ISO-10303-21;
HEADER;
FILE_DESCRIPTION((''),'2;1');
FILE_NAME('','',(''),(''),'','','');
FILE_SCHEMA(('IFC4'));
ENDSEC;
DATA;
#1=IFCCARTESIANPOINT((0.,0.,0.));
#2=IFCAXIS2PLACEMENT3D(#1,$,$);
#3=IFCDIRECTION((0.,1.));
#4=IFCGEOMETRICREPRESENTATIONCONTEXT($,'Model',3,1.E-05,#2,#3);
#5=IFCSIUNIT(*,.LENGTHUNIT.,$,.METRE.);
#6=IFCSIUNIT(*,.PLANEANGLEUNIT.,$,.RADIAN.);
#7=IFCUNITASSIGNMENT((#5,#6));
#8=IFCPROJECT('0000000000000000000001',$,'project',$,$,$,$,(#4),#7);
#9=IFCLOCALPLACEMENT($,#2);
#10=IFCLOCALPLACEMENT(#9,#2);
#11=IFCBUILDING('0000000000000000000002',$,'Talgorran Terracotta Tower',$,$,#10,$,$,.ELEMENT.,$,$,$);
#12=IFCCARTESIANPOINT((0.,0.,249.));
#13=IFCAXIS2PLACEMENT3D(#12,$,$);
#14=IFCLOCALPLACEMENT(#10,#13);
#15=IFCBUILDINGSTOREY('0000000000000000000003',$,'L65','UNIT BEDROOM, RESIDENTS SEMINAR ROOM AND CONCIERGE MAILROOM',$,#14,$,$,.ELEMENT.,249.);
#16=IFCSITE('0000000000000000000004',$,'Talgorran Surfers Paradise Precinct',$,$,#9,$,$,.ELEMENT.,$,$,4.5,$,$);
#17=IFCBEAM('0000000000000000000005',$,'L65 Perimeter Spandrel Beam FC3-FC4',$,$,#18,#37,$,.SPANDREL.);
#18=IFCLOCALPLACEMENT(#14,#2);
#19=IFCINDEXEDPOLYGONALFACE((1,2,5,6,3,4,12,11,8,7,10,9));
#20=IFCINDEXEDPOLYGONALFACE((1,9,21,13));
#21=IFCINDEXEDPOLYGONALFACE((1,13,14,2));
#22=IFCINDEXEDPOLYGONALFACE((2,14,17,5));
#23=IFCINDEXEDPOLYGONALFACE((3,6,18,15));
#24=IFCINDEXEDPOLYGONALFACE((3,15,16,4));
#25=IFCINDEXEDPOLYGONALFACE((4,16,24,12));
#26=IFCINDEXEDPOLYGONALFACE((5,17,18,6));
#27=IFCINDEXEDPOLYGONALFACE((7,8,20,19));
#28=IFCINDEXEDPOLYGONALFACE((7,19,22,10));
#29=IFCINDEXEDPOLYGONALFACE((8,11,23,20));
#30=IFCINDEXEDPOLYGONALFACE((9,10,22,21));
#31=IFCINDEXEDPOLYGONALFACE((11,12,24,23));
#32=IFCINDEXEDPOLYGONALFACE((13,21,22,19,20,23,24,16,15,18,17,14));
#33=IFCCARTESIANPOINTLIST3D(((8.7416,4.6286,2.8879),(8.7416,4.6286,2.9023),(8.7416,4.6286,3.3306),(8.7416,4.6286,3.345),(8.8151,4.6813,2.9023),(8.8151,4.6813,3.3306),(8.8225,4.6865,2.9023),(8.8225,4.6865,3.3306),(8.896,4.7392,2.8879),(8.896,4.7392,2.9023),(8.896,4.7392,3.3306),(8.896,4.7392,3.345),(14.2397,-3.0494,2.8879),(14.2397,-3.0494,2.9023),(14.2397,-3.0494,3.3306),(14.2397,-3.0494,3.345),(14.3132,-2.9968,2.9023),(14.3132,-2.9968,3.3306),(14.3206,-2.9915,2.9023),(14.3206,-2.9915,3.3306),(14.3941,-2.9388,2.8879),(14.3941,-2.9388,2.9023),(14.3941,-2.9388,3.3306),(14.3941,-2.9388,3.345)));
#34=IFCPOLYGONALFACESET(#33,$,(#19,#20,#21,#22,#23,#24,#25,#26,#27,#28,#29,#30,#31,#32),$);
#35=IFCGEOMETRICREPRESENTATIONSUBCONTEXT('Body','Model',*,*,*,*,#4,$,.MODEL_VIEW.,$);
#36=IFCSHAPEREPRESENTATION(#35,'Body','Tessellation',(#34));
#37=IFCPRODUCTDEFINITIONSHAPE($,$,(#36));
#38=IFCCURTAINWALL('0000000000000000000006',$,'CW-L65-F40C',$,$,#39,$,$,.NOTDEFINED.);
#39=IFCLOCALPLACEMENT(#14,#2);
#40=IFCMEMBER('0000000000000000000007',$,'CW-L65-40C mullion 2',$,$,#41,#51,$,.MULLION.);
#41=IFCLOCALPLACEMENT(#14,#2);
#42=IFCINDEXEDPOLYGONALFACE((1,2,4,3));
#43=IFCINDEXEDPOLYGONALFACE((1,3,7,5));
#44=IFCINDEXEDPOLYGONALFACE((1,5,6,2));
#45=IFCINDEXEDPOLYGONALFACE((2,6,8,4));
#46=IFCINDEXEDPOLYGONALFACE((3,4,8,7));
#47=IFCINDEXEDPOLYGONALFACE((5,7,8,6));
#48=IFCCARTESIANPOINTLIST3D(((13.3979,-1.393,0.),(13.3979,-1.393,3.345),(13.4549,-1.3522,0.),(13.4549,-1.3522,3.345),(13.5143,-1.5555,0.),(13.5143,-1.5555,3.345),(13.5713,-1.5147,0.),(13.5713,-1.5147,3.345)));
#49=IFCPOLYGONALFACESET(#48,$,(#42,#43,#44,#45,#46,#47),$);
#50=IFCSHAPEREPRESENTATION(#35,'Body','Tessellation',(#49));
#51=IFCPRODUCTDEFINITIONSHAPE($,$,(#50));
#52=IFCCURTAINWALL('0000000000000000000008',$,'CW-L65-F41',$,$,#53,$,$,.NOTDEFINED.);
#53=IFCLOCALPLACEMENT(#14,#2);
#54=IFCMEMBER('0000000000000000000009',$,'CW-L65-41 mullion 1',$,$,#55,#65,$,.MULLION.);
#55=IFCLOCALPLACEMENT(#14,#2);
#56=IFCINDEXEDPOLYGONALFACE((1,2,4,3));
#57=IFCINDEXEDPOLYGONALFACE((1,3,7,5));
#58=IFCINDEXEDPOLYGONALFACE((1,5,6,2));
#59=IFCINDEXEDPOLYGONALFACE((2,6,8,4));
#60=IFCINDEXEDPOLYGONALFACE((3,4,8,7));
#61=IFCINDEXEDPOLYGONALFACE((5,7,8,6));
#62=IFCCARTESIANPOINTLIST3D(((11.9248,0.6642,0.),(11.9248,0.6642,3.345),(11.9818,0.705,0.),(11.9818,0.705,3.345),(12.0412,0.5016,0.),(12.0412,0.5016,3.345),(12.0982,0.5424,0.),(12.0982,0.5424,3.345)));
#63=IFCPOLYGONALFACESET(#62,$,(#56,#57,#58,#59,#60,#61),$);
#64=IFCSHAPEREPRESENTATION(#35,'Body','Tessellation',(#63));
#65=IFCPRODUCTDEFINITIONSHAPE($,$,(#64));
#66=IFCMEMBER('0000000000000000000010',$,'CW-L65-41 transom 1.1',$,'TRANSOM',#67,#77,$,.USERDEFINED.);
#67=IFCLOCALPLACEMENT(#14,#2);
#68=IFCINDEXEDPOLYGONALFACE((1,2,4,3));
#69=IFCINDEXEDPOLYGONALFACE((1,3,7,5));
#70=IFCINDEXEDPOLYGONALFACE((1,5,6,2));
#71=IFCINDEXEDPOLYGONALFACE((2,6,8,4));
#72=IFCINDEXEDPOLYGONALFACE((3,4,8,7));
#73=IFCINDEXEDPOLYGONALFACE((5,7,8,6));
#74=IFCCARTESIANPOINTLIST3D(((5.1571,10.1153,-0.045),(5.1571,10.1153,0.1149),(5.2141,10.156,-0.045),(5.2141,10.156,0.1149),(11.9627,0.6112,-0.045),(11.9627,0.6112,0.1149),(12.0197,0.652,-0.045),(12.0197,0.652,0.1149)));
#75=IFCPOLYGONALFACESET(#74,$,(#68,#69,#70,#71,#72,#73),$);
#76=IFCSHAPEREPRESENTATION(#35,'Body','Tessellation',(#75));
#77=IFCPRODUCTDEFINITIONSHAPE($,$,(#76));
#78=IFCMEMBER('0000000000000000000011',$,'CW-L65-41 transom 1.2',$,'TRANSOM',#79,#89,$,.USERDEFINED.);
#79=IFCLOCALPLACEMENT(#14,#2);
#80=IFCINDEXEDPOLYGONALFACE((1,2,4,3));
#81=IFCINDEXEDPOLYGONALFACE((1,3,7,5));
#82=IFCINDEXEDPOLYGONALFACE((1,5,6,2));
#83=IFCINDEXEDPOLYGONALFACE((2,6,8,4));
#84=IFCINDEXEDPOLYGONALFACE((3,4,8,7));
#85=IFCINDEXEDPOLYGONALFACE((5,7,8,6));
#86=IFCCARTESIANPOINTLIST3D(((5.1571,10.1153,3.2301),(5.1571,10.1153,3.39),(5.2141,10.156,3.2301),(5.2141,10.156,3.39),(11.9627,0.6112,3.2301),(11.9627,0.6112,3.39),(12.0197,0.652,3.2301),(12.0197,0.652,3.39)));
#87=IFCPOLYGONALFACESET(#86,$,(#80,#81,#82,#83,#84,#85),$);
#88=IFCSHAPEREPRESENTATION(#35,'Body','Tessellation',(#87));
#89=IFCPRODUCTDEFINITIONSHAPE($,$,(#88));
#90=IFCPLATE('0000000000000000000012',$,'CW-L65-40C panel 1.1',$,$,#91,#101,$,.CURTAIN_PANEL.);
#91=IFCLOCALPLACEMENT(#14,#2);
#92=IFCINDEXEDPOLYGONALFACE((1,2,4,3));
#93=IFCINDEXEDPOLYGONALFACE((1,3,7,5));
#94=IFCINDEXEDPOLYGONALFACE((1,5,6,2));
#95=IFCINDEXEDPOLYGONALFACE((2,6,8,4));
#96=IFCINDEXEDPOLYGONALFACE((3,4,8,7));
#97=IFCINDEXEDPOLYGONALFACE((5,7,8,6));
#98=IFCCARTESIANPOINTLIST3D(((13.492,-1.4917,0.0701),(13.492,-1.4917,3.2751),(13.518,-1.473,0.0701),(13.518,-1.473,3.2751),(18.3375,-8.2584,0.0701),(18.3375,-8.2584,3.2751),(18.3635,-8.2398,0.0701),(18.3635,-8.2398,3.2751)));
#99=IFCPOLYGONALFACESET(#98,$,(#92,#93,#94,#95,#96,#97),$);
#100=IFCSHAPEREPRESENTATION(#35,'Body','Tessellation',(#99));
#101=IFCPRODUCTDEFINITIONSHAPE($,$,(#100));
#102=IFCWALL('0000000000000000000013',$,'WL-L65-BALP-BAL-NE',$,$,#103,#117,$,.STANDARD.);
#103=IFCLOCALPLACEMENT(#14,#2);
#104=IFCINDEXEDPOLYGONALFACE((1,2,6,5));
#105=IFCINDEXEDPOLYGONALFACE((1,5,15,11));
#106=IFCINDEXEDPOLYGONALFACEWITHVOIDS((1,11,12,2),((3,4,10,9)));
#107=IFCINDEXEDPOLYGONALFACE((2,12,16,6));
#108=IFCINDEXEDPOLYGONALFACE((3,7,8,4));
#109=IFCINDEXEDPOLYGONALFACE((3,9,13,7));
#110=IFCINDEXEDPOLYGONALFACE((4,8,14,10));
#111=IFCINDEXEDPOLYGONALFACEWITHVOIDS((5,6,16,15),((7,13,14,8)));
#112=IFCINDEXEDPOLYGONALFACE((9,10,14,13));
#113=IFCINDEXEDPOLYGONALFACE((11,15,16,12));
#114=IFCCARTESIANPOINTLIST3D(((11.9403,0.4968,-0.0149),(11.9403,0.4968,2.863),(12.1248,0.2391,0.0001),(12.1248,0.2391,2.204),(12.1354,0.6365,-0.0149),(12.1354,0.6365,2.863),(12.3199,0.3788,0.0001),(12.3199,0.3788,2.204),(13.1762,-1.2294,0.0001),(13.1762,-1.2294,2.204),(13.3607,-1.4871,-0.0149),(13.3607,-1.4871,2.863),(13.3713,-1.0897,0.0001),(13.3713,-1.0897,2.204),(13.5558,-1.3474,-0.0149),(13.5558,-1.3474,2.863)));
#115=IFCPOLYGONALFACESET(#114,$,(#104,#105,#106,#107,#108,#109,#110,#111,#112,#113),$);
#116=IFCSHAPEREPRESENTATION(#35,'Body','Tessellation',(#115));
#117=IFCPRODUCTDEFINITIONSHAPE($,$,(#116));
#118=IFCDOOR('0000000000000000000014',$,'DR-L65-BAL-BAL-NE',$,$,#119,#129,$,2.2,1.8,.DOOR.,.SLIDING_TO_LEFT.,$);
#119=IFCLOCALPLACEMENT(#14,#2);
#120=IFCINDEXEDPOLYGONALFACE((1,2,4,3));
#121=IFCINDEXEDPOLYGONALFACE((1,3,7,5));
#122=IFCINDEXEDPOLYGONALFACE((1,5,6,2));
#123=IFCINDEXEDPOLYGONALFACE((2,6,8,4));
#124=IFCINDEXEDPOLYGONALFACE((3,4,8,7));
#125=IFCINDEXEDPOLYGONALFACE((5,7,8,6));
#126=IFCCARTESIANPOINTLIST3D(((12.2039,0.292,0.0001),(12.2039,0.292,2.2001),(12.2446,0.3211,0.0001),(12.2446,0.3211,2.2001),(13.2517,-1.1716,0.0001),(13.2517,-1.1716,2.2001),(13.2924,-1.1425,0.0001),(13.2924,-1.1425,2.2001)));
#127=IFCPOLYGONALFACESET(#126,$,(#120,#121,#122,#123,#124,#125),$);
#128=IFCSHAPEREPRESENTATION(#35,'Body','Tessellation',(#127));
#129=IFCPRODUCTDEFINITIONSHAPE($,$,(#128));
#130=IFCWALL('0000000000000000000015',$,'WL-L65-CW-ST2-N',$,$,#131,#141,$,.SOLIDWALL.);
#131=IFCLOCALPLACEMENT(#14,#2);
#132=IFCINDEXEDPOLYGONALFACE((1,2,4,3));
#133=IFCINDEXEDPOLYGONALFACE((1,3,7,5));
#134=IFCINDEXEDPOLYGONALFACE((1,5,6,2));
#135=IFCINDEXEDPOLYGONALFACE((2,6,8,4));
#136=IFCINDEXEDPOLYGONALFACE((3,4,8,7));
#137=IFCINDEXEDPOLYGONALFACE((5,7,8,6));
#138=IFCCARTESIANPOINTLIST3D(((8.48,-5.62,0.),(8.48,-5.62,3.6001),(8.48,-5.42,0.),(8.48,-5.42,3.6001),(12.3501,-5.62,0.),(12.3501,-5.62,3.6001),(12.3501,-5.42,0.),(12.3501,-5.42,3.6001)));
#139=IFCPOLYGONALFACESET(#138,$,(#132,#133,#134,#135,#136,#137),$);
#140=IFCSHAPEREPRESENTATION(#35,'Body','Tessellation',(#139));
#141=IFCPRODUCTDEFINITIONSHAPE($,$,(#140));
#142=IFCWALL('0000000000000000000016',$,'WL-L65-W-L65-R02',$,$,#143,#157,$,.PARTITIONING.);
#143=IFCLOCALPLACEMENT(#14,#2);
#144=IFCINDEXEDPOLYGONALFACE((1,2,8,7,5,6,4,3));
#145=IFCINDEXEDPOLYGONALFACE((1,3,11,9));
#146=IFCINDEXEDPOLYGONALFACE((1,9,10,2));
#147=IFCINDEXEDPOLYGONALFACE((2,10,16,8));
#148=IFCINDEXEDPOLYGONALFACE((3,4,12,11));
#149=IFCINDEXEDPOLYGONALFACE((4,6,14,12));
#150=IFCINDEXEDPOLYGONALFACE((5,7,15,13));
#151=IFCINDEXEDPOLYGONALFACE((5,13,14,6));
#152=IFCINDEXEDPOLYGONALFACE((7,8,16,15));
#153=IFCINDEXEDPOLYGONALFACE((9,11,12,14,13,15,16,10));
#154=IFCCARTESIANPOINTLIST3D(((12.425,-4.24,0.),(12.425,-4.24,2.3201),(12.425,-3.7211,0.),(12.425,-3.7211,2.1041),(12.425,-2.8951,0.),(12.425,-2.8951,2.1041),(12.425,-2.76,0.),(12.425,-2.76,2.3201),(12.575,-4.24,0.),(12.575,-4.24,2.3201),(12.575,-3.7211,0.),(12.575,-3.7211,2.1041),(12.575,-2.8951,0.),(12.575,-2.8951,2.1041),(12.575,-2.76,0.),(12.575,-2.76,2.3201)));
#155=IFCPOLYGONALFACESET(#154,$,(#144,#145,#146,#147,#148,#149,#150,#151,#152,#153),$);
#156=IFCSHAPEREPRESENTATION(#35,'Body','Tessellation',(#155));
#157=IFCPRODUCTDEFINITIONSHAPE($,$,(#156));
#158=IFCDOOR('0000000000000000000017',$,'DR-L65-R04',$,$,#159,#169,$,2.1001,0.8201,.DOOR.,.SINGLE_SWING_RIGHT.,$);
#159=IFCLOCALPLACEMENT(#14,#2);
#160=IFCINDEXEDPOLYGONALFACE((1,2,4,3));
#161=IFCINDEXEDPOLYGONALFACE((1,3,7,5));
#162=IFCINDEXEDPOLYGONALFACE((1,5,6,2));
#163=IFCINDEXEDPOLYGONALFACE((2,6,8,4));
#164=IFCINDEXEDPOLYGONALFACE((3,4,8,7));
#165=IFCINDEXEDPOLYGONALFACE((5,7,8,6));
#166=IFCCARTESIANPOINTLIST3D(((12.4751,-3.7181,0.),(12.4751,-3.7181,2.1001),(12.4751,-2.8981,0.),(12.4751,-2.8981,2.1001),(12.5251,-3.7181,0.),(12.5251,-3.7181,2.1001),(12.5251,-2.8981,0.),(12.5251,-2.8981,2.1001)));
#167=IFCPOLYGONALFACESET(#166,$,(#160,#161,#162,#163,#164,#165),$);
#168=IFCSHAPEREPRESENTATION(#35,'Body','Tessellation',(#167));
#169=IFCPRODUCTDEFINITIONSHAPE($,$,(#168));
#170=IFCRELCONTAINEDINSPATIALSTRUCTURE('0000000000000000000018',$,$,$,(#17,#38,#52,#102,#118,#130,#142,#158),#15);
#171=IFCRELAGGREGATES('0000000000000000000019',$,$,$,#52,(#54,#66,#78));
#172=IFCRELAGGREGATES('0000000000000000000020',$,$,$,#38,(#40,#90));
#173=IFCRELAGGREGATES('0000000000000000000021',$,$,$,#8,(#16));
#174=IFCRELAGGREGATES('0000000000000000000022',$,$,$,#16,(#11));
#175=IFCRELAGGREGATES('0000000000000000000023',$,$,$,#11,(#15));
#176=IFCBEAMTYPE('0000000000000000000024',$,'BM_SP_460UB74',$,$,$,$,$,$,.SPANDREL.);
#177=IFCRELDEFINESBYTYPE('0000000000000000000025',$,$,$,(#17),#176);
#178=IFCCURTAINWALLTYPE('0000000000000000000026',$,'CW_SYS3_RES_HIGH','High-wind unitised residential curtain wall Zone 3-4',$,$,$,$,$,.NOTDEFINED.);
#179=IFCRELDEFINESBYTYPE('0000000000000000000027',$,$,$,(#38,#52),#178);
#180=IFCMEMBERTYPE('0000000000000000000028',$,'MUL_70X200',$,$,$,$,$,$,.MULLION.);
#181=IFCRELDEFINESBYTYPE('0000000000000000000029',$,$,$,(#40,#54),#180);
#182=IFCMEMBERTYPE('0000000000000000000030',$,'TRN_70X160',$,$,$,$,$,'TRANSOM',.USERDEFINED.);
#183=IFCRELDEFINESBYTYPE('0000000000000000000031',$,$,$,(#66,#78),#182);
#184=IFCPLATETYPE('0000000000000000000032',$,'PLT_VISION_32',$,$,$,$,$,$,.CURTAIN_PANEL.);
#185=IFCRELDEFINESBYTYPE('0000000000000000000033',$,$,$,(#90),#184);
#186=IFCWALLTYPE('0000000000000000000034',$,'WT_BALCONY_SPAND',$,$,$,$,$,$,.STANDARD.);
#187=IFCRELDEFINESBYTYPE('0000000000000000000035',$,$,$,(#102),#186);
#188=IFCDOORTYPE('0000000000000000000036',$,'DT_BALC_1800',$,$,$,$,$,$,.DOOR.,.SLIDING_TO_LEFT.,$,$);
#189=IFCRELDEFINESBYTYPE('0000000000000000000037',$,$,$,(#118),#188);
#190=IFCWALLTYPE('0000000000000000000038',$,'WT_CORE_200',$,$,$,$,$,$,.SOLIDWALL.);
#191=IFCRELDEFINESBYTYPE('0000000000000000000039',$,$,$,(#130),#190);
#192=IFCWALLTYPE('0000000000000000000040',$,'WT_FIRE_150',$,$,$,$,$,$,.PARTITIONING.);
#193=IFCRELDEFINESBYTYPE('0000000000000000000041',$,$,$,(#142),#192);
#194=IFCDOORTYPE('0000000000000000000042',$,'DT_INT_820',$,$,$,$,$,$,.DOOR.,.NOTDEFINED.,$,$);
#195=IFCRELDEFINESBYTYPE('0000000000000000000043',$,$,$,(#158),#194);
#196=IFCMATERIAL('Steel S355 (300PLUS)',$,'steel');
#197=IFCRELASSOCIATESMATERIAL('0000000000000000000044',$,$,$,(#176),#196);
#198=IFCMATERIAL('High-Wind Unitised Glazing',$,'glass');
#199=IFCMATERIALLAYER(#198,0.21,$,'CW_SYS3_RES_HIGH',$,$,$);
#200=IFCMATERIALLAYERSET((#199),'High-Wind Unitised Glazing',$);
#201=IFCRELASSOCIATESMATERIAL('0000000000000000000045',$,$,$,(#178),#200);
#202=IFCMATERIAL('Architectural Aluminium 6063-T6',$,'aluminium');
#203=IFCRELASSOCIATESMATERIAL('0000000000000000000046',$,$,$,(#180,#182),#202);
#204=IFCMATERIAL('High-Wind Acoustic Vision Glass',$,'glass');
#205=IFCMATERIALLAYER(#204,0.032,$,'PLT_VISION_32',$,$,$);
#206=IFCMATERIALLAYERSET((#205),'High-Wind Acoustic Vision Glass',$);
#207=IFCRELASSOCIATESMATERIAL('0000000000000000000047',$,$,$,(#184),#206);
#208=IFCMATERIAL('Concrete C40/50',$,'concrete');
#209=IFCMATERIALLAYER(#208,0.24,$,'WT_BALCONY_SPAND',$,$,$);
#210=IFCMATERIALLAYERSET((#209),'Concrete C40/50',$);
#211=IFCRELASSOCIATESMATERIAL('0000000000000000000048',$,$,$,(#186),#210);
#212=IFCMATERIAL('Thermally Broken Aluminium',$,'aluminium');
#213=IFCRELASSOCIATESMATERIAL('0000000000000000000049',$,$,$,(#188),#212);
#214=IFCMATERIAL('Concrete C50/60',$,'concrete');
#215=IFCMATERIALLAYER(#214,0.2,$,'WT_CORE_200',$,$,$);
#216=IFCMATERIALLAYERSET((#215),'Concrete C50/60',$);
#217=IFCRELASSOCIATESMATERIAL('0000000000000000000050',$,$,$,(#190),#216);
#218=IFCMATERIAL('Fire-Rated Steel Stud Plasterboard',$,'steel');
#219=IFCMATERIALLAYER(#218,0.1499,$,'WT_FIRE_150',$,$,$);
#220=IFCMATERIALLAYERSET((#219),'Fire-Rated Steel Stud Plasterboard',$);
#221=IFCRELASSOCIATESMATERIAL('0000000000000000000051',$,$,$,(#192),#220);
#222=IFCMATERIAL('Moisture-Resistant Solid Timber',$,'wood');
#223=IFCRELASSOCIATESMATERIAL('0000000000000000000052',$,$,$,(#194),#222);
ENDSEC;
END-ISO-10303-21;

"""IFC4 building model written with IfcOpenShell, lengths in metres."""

from ifc_helpers import new_model, si_unit, direction, frame, frame_2d, origin, origin_2d, place, context, subcontext, project, spatial, rectangle, i_section, extrude, source, transform, mapped, material, layer, layer_set, material_profile, profile_set, type_object, type_shapes, element, fill, aggregate, save


model = new_model("IFC4")

# Units and contexts
model_context = context("Model", 3, precision=1e-05, world=origin(), true_north=direction((0.0, 1.0)))
body_context = subcontext(model_context, "Body", "Model", "MODEL_VIEW")
ifc_project = project(units=[si_unit("LENGTHUNIT", "METRE"), si_unit("PLANEANGLEUNIT", "RADIAN")], contexts=[model_context])

# Site, building, storey
site_placement = place(None, origin())
site = spatial("IfcSite", under=ifc_project, at=site_placement, Name="Talgorran Surfers Paradise Precinct", CompositionType="ELEMENT", RefElevation=4.5)
building_placement = place(site_placement, origin())
building = spatial("IfcBuilding", under=site, at=building_placement, Name="Talgorran Terracotta Tower", CompositionType="ELEMENT")
storey_placement = place(building_placement, frame((0.0, 0.0, 249.0)))
storey = spatial("IfcBuildingStorey", under=building, at=storey_placement, Name="L65", Description="UNIT BEDROOM, RESIDENTS SEMINAR ROOM AND CONCIERGE MAILROOM", CompositionType="ELEMENT", Elevation=249.0)

# Shared definitions
ifc_material_1 = material(Name="Steel S355 (300PLUS)", Category="steel")

# Beam
ifc_material_profile_1 = material_profile(ifc_material_1, i_section(OverallWidth=0.1899, OverallDepth=0.457, WebThickness=0.009, FlangeThickness=0.0144, at=origin_2d()), Name="460UB74.6")
ifc_profile_set_1 = profile_set([ifc_material_profile_1], Name="Steel S355 (300PLUS)")
beam_type_1 = type_object("IfcBeamType", Name="BM_SP_460UB74", PredefinedType="SPANDREL", material=ifc_profile_set_1)
beam_1_placement = place(storey_placement, frame((14.3169, -2.9941, 3.1165), z_axis=(-0.582204, 0.813043, 0.0), x_axis=(-0.813043, -0.582204, 0.0)))
element("IfcBeam", 1, at=beam_1_placement, inside=storey, type_object=beam_type_1, Name="L65 Perimeter Spandrel Beam FC3-FC4", PredefinedType="SPANDREL", context=body_context, shape_type="SweptSolid", body=[
    extrude(i_section(OverallWidth=0.1899, OverallDepth=0.457, WebThickness=0.009, FlangeThickness=0.0144, at=origin_2d()), origin(), (0.0, 0.0, 1.0), 9.4436),
])

# Curtain wall, member
ifc_material_2 = material(Name="High-Wind Unitised Glazing", Category="glass")
ifc_layer_1 = layer(ifc_material_2, 0.21, Name="CW_SYS3_RES_HIGH")
ifc_layer_set_1 = layer_set([ifc_layer_1], Name="High-Wind Unitised Glazing")
curtain_wall_type = type_object("IfcCurtainWallType", Name="CW_SYS3_RES_HIGH", Description="High-wind unitised residential curtain wall Zone 3-4", PredefinedType="NOTDEFINED", material=ifc_layer_set_1)
curtain_wall_1_placement = place(storey_placement, origin())
curtain_wall_1 = element("IfcCurtainWall", 2, at=curtain_wall_1_placement, inside=storey, type_object=curtain_wall_type, Name="CW-L65-F40C", PredefinedType="NOTDEFINED")
ifc_material_3 = material(Name="Architectural Aluminium 6063-T6", Category="aluminium")
ifc_material_profile_2 = material_profile(ifc_material_3, rectangle(XDim=0.0701, YDim=0.2, at=origin_2d()), Name="CWM70X200")
ifc_profile_set_2 = profile_set([ifc_material_profile_2], Name="Architectural Aluminium 6063-T6")
member_type_1 = type_object("IfcMemberType", Name="MUL_70X200", PredefinedType="MULLION", material=ifc_profile_set_2)
member_1_placement = place(storey_placement, frame((13.4846, -1.4539, 0.0), z_axis=(0.0, 0.0, 1.0), x_axis=(-0.813041, -0.582207, 0.0)))
member_1 = element("IfcMember", 3, at=member_1_placement, type_object=member_type_1, Name="CW-L65-40C mullion 2", PredefinedType="MULLION", context=body_context, shape_type="SweptSolid", body=[
    extrude(rectangle(XDim=0.0701, YDim=0.2, at=origin_2d()), origin(), (0.0, 0.0, 1.0), 3.345),
])

# Curtain wall, members
curtain_wall_2_placement = place(storey_placement, origin())
curtain_wall_2 = element("IfcCurtainWall", 4, at=curtain_wall_2_placement, inside=storey, type_object=curtain_wall_type, Name="CW-L65-F41", PredefinedType="NOTDEFINED")
member_2_placement = place(storey_placement, frame((12.0115, 0.6033, 0.0), z_axis=(0.0, 0.0, 1.0), x_axis=(-0.813042, -0.582205, 0.0)))
member_2 = element("IfcMember", 5, at=member_2_placement, type_object=member_type_1, Name="CW-L65-41 mullion 1", PredefinedType="MULLION", context=body_context, shape_type="SweptSolid", body=[
    extrude(rectangle(XDim=0.0701, YDim=0.2, at=origin_2d()), origin(), (0.0, 0.0, 1.0), 3.345),
])
ifc_material_profile_3 = material_profile(ifc_material_3, rectangle(XDim=0.0701, YDim=0.1599, at=origin_2d()), Name="CWT70X160")
ifc_profile_set_3 = profile_set([ifc_material_profile_3], Name="Architectural Aluminium 6063-T6")
member_type_2 = type_object("IfcMemberType", Name="TRN_70X160", ElementType="TRANSOM", PredefinedType="USERDEFINED", material=ifc_profile_set_3)
member_3_placement = place(storey_placement, frame((11.9912, 0.6316, 0.0349), z_axis=(-0.5822, 0.813046, 0.0), x_axis=(-0.813046, -0.5822, 0.0)))
member_3 = element("IfcMember", 6, at=member_3_placement, type_object=member_type_2, Name="CW-L65-41 transom 1.1", ObjectType="TRANSOM", PredefinedType="USERDEFINED", context=body_context, shape_type="SweptSolid", body=[
    extrude(rectangle(XDim=0.0701, YDim=0.1599, at=origin_2d()), origin(), (0.0, 0.0, 1.0), 11.6895),
])
member_4_placement = place(storey_placement, frame((11.9912, 0.6316, 3.3101), z_axis=(-0.5822, 0.813046, 0.0), x_axis=(-0.813046, -0.5822, 0.0)))
member_4 = element("IfcMember", 7, at=member_4_placement, type_object=member_type_2, Name="CW-L65-41 transom 1.2", ObjectType="TRANSOM", PredefinedType="USERDEFINED", context=body_context, shape_type="SweptSolid", body=[
    extrude(rectangle(XDim=0.0701, YDim=0.1599, at=origin_2d()), origin(), (0.0, 0.0, 1.0), 11.6895),
])
aggregate(curtain_wall_2, [member_2, member_3, member_4])

# Plate
ifc_material_4 = material(Name="High-Wind Acoustic Vision Glass", Category="glass")
ifc_layer_2 = layer(ifc_material_4, 0.032, Name="PLT_VISION_32")
ifc_layer_set_2 = layer_set([ifc_layer_2], Name="High-Wind Acoustic Vision Glass")
plate_type = type_object("IfcPlateType", Name="PLT_VISION_32", PredefinedType="CURTAIN_PANEL", material=ifc_layer_set_2)
shared_shape = source(origin(), body_context, "Body", "SweptSolid", [
    extrude(rectangle(XDim=8.3228, YDim=0.032, at=origin_2d()), origin(), (0.0, 0.0, 1.0), 3.2051),
])
type_shapes(plate_type, [shared_shape])
plate_placement = place(storey_placement, frame((15.9277, -4.8657, 0.0701), z_axis=(0.0, 0.0, 1.0), x_axis=(-0.582207, 0.813041, 0.0)))
plate = element("IfcPlate", 8, at=plate_placement, type_object=plate_type, Name="CW-L65-40C panel 1.1", PredefinedType="CURTAIN_PANEL", context=body_context, shape_type="MappedRepresentation", body=[
    mapped(shared_shape, transform((0.0, 0.0, 0.0), scale=1.0)),
])
aggregate(curtain_wall_1, [member_1, plate])

# Wall, opening, door
ifc_material_5 = material(Name="Concrete C40/50", Category="concrete")
ifc_layer_3 = layer(ifc_material_5, 0.24, Name="WT_BALCONY_SPAND")
ifc_layer_set_3 = layer_set([ifc_layer_3], Name="Concrete C40/50")
wall_type_1 = type_object("IfcWallType", Name="WT_BALCONY_SPAND", PredefinedType="STANDARD", material=ifc_layer_set_3)
wall_1_placement = place(storey_placement, frame((13.4583, -1.4172, -0.0149), z_axis=(0.0, 0.0, 1.0), x_axis=(-0.582146, 0.813084, 0.0)))
wall_1 = element("IfcWall", 9, at=wall_1_placement, inside=storey, type_object=wall_type_1, Name="WL-L65-BALP-BAL-NE", PredefinedType="STANDARD", context=body_context, shape_type="SweptSolid", body=[
    extrude(rectangle(XDim=2.4399, YDim=0.24, at=frame_2d((1.22, 0.0))), origin(), (0.0, 0.0, 1.0), 2.8779),
])
opening_1_placement = place(wall_1_placement, frame((0.3201, 0.0, 0.0149)))
opening_1 = element("IfcOpeningElement", 10, at=opening_1_placement, cuts=wall_1, PredefinedType="OPENING", context=body_context, shape_type="SweptSolid", body=[
    extrude(rectangle(XDim=1.806, YDim=2.204, at=frame_2d((0.8999, 1.1021))), frame((0.0, 0.1299, 0.0), z_axis=(0.0, -1.0, 0.0), x_axis=(1.0, 0.0, 0.0)), (0.0, 0.0, 1.0), 0.26),
])
ifc_material_6 = material(Name="Thermally Broken Aluminium", Category="aluminium")
door_type_1 = type_object("IfcDoorType", Name="DT_BALC_1800", OperationType="SLIDING_TO_LEFT", PredefinedType="DOOR", material=ifc_material_6)
door_1_placement = place(opening_1_placement, origin())
door_1 = element("IfcDoor", 11, at=door_1_placement, inside=storey, type_object=door_type_1, Name="DR-L65-BAL-BAL-NE", OperationType="SLIDING_TO_LEFT", OverallHeight=2.2, OverallWidth=1.8, PredefinedType="DOOR", context=body_context, shape_type="SweptSolid", body=[
    extrude(rectangle(XDim=1.8, YDim=2.2, at=frame_2d((0.8999, 1.1001))), frame((0.0, 0.0249, 0.0), z_axis=(0.0, -1.0, 0.0), x_axis=(1.0, 0.0, 0.0)), (0.0, 0.0, 1.0), 0.05),
])
fill(opening_1, door_1)

# Wall
ifc_material_7 = material(Name="Concrete C50/60", Category="concrete")
ifc_layer_4 = layer(ifc_material_7, 0.2, Name="WT_CORE_200")
ifc_layer_set_4 = layer_set([ifc_layer_4], Name="Concrete C50/60")
wall_type_2 = type_object("IfcWallType", Name="WT_CORE_200", PredefinedType="SOLIDWALL", material=ifc_layer_set_4)
wall_2_placement = place(storey_placement, frame((8.48, -5.52, 0.0), z_axis=(0.0, 0.0, 1.0), x_axis=(1.0, 0.0, 0.0)))
element("IfcWall", 12, at=wall_2_placement, inside=storey, type_object=wall_type_2, Name="WL-L65-CW-ST2-N", PredefinedType="SOLIDWALL", context=body_context, shape_type="SweptSolid", body=[
    extrude(rectangle(XDim=3.8701, YDim=0.2, at=frame_2d((1.9351, 0.0))), origin(), (0.0, 0.0, 1.0), 3.6001),
])

# Wall, opening, door
ifc_material_8 = material(Name="Fire-Rated Steel Stud Plasterboard", Category="steel")
ifc_layer_5 = layer(ifc_material_8, 0.1499, Name="WT_FIRE_150")
ifc_layer_set_5 = layer_set([ifc_layer_5], Name="Fire-Rated Steel Stud Plasterboard")
wall_type_3 = type_object("IfcWallType", Name="WT_FIRE_150", PredefinedType="PARTITIONING", material=ifc_layer_set_5)
wall_3_placement = place(storey_placement, frame((12.5, -4.24, 0.0), z_axis=(0.0, 0.0, 1.0), x_axis=(0.0, 1.0, 0.0)))
wall_3 = element("IfcWall", 13, at=wall_3_placement, inside=storey, type_object=wall_type_3, Name="WL-L65-W-L65-R02", PredefinedType="PARTITIONING", context=body_context, shape_type="SweptSolid", body=[
    extrude(rectangle(XDim=1.48, YDim=0.1499, at=frame_2d((0.74, 0.0))), origin(), (0.0, 0.0, 1.0), 2.3201),
])
opening_2_placement = place(wall_3_placement, frame((0.5217, 0.0, 0.0)))
opening_2 = element("IfcOpeningElement", 14, at=opening_2_placement, cuts=wall_3, PredefinedType="OPENING", context=body_context, shape_type="SweptSolid", body=[
    extrude(rectangle(XDim=0.8261, YDim=2.1041, at=frame_2d((0.4102, 1.052))), frame((0.0, 0.085, 0.0), z_axis=(0.0, -1.0, 0.0), x_axis=(1.0, 0.0, 0.0)), (0.0, 0.0, 1.0), 0.1699),
])
ifc_material_9 = material(Name="Moisture-Resistant Solid Timber", Category="wood")
door_type_2 = type_object("IfcDoorType", Name="DT_INT_820", OperationType="NOTDEFINED", PredefinedType="DOOR", material=ifc_material_9)
door_2_placement = place(opening_2_placement, origin())
door_2 = element("IfcDoor", 15, at=door_2_placement, inside=storey, type_object=door_type_2, Name="DR-L65-R04", OperationType="SINGLE_SWING_RIGHT", OverallHeight=2.1001, OverallWidth=0.8201, PredefinedType="DOOR", context=body_context, shape_type="SweptSolid", body=[
    extrude(rectangle(XDim=0.8201, YDim=2.1001, at=frame_2d((0.4102, 1.05))), frame((0.0, 0.0249, 0.0), z_axis=(0.0, -1.0, 0.0), x_axis=(1.0, 0.0, 0.0)), (0.0, 0.0, 1.0), 0.05),
])
fill(opening_2, door_2)

save(model, "model.ifc")
